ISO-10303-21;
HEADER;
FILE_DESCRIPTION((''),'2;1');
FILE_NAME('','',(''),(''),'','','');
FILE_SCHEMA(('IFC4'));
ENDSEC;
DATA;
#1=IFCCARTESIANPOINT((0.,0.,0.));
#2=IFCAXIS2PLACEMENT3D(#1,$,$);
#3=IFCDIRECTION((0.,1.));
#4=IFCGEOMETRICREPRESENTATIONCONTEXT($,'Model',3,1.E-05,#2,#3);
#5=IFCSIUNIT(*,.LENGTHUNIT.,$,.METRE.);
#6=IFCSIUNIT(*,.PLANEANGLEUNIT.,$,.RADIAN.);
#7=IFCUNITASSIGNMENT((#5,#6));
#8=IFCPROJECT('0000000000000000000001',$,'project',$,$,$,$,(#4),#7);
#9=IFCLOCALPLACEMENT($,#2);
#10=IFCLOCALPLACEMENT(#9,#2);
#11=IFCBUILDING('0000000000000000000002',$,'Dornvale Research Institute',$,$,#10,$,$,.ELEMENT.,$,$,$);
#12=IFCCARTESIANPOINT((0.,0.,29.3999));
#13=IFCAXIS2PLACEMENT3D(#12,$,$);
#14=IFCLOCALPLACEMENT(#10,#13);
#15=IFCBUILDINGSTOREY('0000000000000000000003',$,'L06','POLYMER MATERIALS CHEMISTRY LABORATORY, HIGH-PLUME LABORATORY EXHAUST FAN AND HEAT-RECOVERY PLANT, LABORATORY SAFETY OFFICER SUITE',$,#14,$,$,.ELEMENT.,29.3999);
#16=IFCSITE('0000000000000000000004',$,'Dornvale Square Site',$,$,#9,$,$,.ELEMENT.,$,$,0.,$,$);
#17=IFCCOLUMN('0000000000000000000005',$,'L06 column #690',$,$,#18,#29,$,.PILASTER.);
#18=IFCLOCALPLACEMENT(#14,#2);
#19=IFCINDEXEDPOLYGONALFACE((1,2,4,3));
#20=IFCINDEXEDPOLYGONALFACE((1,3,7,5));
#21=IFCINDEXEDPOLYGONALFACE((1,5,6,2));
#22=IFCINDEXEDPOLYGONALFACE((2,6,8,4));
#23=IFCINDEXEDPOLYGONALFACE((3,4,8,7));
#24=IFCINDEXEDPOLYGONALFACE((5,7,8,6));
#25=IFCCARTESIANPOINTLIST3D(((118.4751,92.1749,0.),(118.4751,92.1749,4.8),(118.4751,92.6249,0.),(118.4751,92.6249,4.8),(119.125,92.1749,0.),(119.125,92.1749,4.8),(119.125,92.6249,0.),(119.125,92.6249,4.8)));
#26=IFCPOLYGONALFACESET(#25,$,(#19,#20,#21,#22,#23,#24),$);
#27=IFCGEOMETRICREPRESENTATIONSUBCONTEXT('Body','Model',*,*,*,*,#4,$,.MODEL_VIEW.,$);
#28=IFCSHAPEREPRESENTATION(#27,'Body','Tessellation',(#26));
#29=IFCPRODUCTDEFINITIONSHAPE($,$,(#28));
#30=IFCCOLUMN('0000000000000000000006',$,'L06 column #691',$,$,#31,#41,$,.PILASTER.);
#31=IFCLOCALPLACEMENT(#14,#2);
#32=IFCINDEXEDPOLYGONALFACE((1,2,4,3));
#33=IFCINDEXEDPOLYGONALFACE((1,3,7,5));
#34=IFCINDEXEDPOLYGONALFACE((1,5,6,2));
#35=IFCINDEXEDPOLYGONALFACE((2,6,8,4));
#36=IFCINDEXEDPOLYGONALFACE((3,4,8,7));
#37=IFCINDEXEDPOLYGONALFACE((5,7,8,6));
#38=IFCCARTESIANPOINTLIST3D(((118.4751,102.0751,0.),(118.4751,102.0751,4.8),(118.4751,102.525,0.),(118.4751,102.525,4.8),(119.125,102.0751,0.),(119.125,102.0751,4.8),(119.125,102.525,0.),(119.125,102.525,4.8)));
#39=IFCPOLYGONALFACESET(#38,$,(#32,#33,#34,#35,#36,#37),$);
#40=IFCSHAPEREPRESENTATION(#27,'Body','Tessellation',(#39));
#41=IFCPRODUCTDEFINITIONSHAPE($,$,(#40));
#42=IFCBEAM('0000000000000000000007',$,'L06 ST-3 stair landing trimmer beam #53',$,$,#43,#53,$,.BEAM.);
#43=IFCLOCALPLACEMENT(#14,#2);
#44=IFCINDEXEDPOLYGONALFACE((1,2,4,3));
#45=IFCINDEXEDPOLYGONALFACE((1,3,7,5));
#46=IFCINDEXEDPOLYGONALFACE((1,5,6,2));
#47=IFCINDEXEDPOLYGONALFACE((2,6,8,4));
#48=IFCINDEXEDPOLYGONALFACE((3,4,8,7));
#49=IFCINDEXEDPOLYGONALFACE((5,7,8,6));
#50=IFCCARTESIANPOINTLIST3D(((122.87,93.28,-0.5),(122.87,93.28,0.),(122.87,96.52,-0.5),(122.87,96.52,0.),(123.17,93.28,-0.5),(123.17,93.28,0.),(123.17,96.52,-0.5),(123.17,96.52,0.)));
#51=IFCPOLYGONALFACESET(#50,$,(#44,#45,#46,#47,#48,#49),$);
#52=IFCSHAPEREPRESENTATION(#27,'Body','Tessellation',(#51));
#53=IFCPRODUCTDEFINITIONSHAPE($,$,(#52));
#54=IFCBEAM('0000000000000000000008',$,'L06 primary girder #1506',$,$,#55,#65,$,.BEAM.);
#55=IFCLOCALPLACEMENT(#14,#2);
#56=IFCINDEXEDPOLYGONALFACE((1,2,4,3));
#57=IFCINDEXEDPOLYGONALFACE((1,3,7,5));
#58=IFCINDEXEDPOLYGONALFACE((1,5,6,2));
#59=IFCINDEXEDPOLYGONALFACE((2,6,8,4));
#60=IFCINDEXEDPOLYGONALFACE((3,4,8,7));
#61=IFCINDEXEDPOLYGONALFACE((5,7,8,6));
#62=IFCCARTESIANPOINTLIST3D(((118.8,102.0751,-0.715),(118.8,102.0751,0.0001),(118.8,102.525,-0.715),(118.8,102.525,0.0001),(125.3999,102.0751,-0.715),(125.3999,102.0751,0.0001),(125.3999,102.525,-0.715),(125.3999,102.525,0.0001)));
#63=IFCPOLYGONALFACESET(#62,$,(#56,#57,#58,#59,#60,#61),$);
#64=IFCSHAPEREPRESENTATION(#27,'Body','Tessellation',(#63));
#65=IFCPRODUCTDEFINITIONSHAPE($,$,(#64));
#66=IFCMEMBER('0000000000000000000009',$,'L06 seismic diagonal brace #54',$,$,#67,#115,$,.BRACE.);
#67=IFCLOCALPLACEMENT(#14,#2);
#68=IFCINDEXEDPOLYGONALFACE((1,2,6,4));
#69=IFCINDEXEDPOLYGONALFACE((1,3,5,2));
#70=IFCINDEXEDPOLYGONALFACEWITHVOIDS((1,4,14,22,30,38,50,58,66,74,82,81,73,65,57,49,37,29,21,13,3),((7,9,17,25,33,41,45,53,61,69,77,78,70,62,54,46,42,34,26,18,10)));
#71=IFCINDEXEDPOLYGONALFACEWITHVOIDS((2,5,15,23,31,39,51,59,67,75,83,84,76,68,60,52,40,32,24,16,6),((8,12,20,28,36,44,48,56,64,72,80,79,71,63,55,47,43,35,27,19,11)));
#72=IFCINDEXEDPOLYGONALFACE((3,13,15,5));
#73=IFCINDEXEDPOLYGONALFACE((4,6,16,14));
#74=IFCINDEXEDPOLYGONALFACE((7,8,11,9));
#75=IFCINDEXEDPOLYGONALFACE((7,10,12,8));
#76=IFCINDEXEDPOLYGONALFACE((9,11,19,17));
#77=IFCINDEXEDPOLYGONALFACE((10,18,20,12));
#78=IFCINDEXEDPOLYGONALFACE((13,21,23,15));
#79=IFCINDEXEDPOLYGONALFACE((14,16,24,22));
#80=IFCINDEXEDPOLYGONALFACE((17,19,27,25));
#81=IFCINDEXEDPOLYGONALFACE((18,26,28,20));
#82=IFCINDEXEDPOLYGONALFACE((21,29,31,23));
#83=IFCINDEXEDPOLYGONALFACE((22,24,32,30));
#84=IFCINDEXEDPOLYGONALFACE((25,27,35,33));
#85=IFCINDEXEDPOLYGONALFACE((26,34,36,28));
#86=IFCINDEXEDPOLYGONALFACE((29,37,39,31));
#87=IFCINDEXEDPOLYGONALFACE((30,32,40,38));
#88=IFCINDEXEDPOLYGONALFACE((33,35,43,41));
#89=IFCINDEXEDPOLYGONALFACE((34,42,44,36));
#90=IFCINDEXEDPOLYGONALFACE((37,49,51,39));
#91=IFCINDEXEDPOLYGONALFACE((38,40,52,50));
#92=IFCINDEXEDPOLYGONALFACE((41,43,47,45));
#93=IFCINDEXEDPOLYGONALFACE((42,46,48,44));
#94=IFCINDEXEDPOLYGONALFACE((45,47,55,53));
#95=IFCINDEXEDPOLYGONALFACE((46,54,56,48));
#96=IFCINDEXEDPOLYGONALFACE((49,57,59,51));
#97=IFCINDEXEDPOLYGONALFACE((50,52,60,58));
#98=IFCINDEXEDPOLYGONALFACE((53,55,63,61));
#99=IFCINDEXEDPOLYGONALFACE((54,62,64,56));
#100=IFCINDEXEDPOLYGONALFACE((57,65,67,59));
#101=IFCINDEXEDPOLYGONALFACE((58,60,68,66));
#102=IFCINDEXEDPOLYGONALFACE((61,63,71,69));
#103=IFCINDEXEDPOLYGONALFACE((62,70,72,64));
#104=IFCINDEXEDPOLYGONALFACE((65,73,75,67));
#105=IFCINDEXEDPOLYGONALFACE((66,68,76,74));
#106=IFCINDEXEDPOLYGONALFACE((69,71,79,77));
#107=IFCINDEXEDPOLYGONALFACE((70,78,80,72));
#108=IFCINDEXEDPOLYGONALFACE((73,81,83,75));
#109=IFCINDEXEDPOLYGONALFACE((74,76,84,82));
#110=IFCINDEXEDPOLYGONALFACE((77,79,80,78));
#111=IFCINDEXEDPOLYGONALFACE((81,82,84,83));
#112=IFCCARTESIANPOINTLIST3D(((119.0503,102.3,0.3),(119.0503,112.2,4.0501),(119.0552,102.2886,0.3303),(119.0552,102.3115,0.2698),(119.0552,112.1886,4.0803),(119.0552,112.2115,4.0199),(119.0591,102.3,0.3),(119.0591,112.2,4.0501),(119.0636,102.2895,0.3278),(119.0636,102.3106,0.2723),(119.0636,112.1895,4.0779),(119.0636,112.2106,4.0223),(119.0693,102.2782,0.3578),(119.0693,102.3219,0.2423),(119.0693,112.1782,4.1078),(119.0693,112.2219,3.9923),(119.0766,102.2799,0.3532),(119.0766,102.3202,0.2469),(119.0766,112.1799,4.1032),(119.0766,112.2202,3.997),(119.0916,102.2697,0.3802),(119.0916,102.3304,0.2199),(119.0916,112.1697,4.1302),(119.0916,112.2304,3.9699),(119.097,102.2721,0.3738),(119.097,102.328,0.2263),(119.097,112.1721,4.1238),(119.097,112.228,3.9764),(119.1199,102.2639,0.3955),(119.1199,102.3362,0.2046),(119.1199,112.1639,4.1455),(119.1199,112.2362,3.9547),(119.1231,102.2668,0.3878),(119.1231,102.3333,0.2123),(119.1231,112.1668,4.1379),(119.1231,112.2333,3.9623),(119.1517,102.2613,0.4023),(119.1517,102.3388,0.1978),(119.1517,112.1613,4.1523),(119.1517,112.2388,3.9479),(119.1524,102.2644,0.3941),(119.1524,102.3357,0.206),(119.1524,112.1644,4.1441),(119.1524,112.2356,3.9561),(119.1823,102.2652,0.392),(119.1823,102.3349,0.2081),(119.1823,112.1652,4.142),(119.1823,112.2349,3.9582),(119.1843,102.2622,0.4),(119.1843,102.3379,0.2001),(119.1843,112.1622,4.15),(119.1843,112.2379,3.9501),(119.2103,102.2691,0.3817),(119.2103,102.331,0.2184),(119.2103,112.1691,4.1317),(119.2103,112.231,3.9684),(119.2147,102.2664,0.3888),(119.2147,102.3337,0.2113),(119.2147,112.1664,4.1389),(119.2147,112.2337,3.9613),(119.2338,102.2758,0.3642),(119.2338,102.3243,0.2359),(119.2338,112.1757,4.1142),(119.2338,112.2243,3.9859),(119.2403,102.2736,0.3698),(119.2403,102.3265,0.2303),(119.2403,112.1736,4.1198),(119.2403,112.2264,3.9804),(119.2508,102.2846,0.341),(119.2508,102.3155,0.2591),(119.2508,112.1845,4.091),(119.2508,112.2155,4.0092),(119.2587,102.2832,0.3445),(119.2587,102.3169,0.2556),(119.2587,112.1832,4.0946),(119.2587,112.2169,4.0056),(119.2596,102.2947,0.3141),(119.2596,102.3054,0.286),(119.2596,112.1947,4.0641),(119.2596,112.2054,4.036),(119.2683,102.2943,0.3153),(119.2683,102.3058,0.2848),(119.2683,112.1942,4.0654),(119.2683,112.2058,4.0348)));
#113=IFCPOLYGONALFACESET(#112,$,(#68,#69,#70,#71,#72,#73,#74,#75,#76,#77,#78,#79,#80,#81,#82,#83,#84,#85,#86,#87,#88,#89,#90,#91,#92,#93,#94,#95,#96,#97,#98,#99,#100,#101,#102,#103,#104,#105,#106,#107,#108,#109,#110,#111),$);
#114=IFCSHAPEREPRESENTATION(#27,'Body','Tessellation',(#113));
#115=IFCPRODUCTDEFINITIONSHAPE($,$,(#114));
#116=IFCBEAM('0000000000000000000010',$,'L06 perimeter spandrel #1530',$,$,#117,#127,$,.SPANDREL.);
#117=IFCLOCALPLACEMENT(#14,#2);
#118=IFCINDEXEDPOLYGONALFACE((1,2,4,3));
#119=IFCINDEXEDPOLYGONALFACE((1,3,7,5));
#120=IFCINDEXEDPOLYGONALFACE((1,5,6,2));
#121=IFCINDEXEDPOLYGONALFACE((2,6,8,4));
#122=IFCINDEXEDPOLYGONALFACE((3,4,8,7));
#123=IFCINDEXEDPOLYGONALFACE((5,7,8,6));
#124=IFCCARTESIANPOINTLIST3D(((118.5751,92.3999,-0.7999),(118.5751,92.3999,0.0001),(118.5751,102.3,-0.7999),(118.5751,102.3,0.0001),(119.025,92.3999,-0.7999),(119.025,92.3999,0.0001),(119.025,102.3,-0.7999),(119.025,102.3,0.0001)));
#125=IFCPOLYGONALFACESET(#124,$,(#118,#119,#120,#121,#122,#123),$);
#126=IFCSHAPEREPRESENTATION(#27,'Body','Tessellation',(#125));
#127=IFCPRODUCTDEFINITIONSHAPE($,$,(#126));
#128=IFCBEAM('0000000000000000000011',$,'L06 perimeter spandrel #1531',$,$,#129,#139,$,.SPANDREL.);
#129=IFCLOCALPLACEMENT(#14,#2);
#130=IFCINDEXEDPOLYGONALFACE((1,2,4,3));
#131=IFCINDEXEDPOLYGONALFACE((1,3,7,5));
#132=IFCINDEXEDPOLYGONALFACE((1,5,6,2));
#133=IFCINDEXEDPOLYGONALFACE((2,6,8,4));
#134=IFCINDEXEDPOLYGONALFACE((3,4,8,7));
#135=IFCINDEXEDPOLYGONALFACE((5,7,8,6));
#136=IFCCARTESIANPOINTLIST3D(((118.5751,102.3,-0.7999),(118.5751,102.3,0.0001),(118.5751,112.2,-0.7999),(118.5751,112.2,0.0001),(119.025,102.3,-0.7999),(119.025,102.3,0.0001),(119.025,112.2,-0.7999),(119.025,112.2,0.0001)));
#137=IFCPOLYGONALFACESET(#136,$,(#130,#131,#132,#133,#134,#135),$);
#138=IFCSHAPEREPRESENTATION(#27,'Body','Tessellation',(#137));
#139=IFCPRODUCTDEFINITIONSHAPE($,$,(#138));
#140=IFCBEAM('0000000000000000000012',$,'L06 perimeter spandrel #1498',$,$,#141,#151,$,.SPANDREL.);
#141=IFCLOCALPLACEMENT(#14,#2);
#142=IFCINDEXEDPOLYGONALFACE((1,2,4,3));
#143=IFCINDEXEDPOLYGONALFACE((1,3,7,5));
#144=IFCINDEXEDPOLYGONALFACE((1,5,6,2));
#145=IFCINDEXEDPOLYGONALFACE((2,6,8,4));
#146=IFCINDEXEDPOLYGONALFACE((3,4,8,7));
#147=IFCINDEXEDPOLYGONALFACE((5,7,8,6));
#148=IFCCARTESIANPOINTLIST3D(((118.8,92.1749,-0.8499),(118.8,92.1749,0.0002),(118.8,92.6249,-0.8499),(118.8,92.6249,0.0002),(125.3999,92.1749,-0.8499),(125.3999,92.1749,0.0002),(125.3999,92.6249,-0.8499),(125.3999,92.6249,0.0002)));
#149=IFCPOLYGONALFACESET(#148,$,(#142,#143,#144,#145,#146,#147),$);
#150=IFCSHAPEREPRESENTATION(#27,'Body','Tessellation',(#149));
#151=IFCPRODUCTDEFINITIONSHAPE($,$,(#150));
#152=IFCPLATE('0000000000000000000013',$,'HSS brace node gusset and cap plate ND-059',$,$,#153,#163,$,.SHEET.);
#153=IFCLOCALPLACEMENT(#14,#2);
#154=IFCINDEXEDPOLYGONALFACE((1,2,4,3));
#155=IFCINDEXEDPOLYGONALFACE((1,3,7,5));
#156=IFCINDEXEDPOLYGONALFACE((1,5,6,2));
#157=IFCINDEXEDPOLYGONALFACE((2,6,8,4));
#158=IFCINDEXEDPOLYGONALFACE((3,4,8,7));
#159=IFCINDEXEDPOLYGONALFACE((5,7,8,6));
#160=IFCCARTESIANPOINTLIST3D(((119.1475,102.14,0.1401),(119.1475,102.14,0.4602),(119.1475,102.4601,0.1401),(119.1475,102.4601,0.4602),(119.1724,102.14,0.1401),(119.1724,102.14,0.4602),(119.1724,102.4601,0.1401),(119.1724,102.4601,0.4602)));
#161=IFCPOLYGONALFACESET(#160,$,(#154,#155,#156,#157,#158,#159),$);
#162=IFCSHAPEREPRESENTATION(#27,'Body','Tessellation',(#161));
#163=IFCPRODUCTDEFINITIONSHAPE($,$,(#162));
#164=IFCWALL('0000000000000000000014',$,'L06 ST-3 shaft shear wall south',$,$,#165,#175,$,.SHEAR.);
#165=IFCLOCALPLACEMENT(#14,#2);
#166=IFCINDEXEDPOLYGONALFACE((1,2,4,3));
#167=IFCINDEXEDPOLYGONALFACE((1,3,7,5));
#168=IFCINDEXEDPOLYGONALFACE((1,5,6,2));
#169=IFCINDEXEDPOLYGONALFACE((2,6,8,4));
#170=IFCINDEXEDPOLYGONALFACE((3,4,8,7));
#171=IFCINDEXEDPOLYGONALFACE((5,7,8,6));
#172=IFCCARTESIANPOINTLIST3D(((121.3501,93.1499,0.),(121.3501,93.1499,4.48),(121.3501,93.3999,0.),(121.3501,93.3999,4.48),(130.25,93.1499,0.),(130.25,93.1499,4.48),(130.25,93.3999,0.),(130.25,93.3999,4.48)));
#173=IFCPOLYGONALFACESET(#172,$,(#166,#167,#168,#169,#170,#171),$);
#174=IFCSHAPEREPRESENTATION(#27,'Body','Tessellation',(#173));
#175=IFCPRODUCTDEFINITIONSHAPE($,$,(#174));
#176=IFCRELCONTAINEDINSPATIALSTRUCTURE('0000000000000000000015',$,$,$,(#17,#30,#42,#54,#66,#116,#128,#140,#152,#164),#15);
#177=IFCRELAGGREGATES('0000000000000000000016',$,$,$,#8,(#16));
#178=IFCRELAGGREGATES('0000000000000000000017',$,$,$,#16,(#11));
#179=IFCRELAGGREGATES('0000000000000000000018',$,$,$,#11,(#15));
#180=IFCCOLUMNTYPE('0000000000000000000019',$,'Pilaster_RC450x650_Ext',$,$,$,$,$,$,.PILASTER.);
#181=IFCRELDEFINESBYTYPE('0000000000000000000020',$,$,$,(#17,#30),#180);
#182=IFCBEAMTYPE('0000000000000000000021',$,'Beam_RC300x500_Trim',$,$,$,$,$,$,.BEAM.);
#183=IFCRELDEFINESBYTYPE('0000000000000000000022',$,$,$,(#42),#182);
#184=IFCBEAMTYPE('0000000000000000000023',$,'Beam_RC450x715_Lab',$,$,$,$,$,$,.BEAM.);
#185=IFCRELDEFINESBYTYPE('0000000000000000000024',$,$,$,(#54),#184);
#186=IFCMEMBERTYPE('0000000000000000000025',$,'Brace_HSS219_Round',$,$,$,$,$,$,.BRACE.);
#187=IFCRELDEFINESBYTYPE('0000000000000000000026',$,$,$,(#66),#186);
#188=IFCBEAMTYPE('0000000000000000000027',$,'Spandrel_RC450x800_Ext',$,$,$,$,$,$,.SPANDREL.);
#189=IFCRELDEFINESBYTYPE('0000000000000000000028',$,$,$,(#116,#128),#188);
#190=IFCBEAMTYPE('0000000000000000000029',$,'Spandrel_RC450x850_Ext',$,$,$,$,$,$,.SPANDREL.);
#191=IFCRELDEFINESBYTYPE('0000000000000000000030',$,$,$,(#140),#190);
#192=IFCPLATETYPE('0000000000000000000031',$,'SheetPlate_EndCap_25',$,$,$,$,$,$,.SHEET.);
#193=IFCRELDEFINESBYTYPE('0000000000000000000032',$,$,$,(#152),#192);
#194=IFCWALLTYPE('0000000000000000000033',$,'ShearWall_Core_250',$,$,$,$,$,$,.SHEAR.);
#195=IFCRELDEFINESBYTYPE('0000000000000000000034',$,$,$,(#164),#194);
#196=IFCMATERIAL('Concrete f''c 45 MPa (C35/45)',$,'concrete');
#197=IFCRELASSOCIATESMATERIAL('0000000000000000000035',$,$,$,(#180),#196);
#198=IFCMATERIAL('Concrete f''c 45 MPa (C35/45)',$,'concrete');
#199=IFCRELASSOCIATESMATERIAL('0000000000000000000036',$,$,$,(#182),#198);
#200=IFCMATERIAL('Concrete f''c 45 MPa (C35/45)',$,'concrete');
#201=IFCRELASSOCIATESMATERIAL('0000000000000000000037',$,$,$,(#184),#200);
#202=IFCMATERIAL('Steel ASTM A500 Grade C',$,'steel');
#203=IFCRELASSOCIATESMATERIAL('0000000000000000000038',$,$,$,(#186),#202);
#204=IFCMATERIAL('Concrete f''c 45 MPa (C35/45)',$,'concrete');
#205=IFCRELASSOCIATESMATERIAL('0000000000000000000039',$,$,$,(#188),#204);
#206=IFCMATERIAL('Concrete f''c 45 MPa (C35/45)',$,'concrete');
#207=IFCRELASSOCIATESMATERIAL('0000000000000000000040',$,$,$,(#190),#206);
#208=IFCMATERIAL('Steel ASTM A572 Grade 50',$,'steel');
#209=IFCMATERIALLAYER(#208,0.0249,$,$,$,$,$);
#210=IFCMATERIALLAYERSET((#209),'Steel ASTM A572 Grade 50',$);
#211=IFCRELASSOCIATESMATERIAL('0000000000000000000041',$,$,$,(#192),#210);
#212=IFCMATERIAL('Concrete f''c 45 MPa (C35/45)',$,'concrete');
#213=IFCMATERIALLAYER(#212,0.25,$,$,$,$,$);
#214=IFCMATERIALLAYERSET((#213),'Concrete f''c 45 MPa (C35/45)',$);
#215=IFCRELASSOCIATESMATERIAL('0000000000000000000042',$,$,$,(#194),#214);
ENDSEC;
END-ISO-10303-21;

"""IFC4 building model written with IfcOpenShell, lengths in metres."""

from ifc_helpers import new_model, si_unit, direction, frame, frame_2d, origin, origin_2d, place, context, subcontext, project, spatial, rectangle, hollow_circle, extrude, material, layer, layer_set, material_profile, profile_set, type_object, element, save


model = new_model("IFC4")

# Units and contexts
model_context = context("Model", 3, precision=1e-05, world=origin(), true_north=direction((0.0, 1.0)))
body_context = subcontext(model_context, "Body", "Model", "MODEL_VIEW")
ifc_project = project(units=[si_unit("LENGTHUNIT", "METRE"), si_unit("PLANEANGLEUNIT", "RADIAN")], contexts=[model_context])

# Site, building, storey
site_placement = place(None, origin())
site = spatial("IfcSite", under=ifc_project, at=site_placement, Name="Dornvale Square Site", CompositionType="ELEMENT", RefElevation=0.0)
building_placement = place(site_placement, origin())
building = spatial("IfcBuilding", under=site, at=building_placement, Name="Dornvale Research Institute", CompositionType="ELEMENT")
storey_placement = place(building_placement, frame((0.0, 0.0, 29.3999)))
storey = spatial("IfcBuildingStorey", under=building, at=storey_placement, Name="L06", Description="POLYMER MATERIALS CHEMISTRY LABORATORY, HIGH-PLUME LABORATORY EXHAUST FAN AND HEAT-RECOVERY PLANT, LABORATORY SAFETY OFFICER SUITE", CompositionType="ELEMENT", Elevation=29.3999)

# Columns
ifc_material_1 = material(Name="Concrete f'c 45 MPa (C35/45)", Category="concrete")
ifc_material_profile_1 = material_profile(ifc_material_1, rectangle(XDim=0.45, YDim=0.6499, at=origin_2d()), Name="RC 450x650")
ifc_profile_set_1 = profile_set([ifc_material_profile_1], Name="Concrete f'c 45 MPa (C35/45)")
column_type = type_object("IfcColumnType", Name="Pilaster_RC450x650_Ext", PredefinedType="PILASTER", material=ifc_profile_set_1)
for number, where, z_axis, x_axis, name in (
    (1, (118.8, 92.3999, 0.0), (0.0, 0.0, 1.0), (0.0, 1.0, 0.0), "L06 column #690"),
    (2, (118.8, 102.3, 0.0), (0.0, 0.0, 1.0), (0.0, 1.0, 0.0), "L06 column #691"),
):
    element("IfcColumn", number, at=place(storey_placement, frame(where, z_axis=z_axis, x_axis=x_axis)), inside=storey, type_object=column_type, Name=name, PredefinedType="PILASTER", context=body_context, shape_type="SweptSolid", body=[
        extrude(rectangle(XDim=0.45, YDim=0.6499, at=origin_2d()), origin(), (0.0, 0.0, 1.0), 4.8),
    ])

# Beams
ifc_material_2 = material(Name="Concrete f'c 45 MPa (C35/45)", Category="concrete")
ifc_material_profile_2 = material_profile(ifc_material_2, rectangle(XDim=0.3, YDim=0.5, at=origin_2d()), Name="RC 300x500")
ifc_profile_set_2 = profile_set([ifc_material_profile_2], Name="Concrete f'c 45 MPa (C35/45)")
beam_type_1 = type_object("IfcBeamType", Name="Beam_RC300x500_Trim", PredefinedType="BEAM", material=ifc_profile_set_2)
beam_1_placement = place(storey_placement, frame((123.02, 93.28, -0.25), z_axis=(0.0, 1.0, 0.0), x_axis=(-1.0, 0.0, 0.0)))
element("IfcBeam", 3, at=beam_1_placement, inside=storey, type_object=beam_type_1, Name="L06 ST-3 stair landing trimmer beam #53", PredefinedType="BEAM", context=body_context, shape_type="SweptSolid", body=[
    extrude(rectangle(XDim=0.3, YDim=0.5, at=origin_2d()), origin(), (0.0, 0.0, 1.0), 3.24),
])
ifc_material_3 = material(Name="Concrete f'c 45 MPa (C35/45)", Category="concrete")
ifc_material_profile_3 = material_profile(ifc_material_3, rectangle(XDim=0.45, YDim=0.7151, at=origin_2d()), Name="RC 450x715")
ifc_profile_set_3 = profile_set([ifc_material_profile_3], Name="Concrete f'c 45 MPa (C35/45)")
beam_type_2 = type_object("IfcBeamType", Name="Beam_RC450x715_Lab", PredefinedType="BEAM", material=ifc_profile_set_3)
beam_2_placement = place(storey_placement, frame((118.8, 102.3, -0.3574), z_axis=(1.0, 0.0, 0.0), x_axis=(0.0, 1.0, 0.0)))
element("IfcBeam", 4, at=beam_2_placement, inside=storey, type_object=beam_type_2, Name="L06 primary girder #1506", PredefinedType="BEAM", context=body_context, shape_type="SweptSolid", body=[
    extrude(rectangle(XDim=0.45, YDim=0.7151, at=origin_2d()), origin(), (0.0, 0.0, 1.0), 6.5999),
])

# Member
ifc_material_4 = material(Name="Steel ASTM A500 Grade C", Category="steel")
ifc_material_profile_4 = material_profile(ifc_material_4, hollow_circle(Radius=0.1096, WallThickness=0.0088, at=origin_2d()), Name="HSS219X9.5")
ifc_profile_set_4 = profile_set([ifc_material_profile_4], Name="Steel ASTM A500 Grade C")
member_type = type_object("IfcMemberType", Name="Brace_HSS219_Round", PredefinedType="BRACE", material=ifc_profile_set_4)
member_placement = place(storey_placement, frame((119.1599, 102.3, 0.3), z_axis=(0.0, 0.935158, 0.35423), x_axis=(-1.0, 0.0, 0.0)))
element("IfcMember", 5, at=member_placement, inside=storey, type_object=member_type, Name="L06 seismic diagonal brace #54", PredefinedType="BRACE", context=body_context, shape_type="SweptSolid", body=[
    extrude(hollow_circle(Radius=0.1096, WallThickness=0.0088, at=origin_2d()), origin(), (0.0, 0.0, 1.0), 10.5864),
])

# Beams
ifc_material_5 = material(Name="Concrete f'c 45 MPa (C35/45)", Category="concrete")
ifc_material_profile_5 = material_profile(ifc_material_5, rectangle(XDim=0.45, YDim=0.8, at=origin_2d()), Name="RC 450x800")
ifc_profile_set_5 = profile_set([ifc_material_profile_5], Name="Concrete f'c 45 MPa (C35/45)")
beam_type_3 = type_object("IfcBeamType", Name="Spandrel_RC450x800_Ext", PredefinedType="SPANDREL", material=ifc_profile_set_5)
beam_3_placement = place(storey_placement, frame((118.8, 92.3999, -0.3999), z_axis=(0.0, 1.0, 0.0), x_axis=(-1.0, 0.0, 0.0)))
element("IfcBeam", 6, at=beam_3_placement, inside=storey, type_object=beam_type_3, Name="L06 perimeter spandrel #1530", PredefinedType="SPANDREL", context=body_context, shape_type="SweptSolid", body=[
    extrude(rectangle(XDim=0.45, YDim=0.8, at=origin_2d()), origin(), (0.0, 0.0, 1.0), 9.9001),
])
beam_4_placement = place(storey_placement, frame((118.8, 102.3, -0.3999), z_axis=(0.0, 1.0, 0.0), x_axis=(-1.0, 0.0, 0.0)))
element("IfcBeam", 7, at=beam_4_placement, inside=storey, type_object=beam_type_3, Name="L06 perimeter spandrel #1531", PredefinedType="SPANDREL", context=body_context, shape_type="SweptSolid", body=[
    extrude(rectangle(XDim=0.45, YDim=0.8, at=origin_2d()), origin(), (0.0, 0.0, 1.0), 9.8999),
])
ifc_material_6 = material(Name="Concrete f'c 45 MPa (C35/45)", Category="concrete")
ifc_material_profile_6 = material_profile(ifc_material_6, rectangle(XDim=0.45, YDim=0.8501, at=origin_2d()), Name="RC 450x850")
ifc_profile_set_6 = profile_set([ifc_material_profile_6], Name="Concrete f'c 45 MPa (C35/45)")
beam_type_4 = type_object("IfcBeamType", Name="Spandrel_RC450x850_Ext", PredefinedType="SPANDREL", material=ifc_profile_set_6)
beam_5_placement = place(storey_placement, frame((118.8, 92.3999, -0.4248), z_axis=(1.0, 0.0, 0.0), x_axis=(0.0, 1.0, 0.0)))
element("IfcBeam", 8, at=beam_5_placement, inside=storey, type_object=beam_type_4, Name="L06 perimeter spandrel #1498", PredefinedType="SPANDREL", context=body_context, shape_type="SweptSolid", body=[
    extrude(rectangle(XDim=0.45, YDim=0.8501, at=origin_2d()), origin(), (0.0, 0.0, 1.0), 6.5999),
])

# Plate
ifc_material_7 = material(Name="Steel ASTM A572 Grade 50", Category="steel")
ifc_layer_1 = layer(ifc_material_7, 0.0249)
ifc_layer_set_1 = layer_set([ifc_layer_1], Name="Steel ASTM A572 Grade 50")
plate_type = type_object("IfcPlateType", Name="SheetPlate_EndCap_25", PredefinedType="SHEET", material=ifc_layer_set_1)
plate_placement = place(storey_placement, frame((119.1599, 102.3, 0.1401), z_axis=(0.0, 0.0, 1.0), x_axis=(0.0, 1.0, 0.0)))
element("IfcPlate", 9, at=plate_placement, inside=storey, type_object=plate_type, Name="HSS brace node gusset and cap plate ND-059", PredefinedType="SHEET", context=body_context, shape_type="SweptSolid", body=[
    extrude(rectangle(XDim=0.3201, YDim=0.0249, at=origin_2d()), origin(), (0.0, 0.0, 1.0), 0.3201),
])

# Wall
ifc_material_8 = material(Name="Concrete f'c 45 MPa (C35/45)", Category="concrete")
ifc_layer_2 = layer(ifc_material_8, 0.25)
ifc_layer_set_2 = layer_set([ifc_layer_2], Name="Concrete f'c 45 MPa (C35/45)")
wall_type_1 = type_object("IfcWallType", Name="ShearWall_Core_250", PredefinedType="SHEAR", material=ifc_layer_set_2)
for number, where, z_axis, x_axis, name in (
    (10, (121.3501, 93.2749, 0.0), (0.0, 0.0, 1.0), (1.0, 0.0, 0.0), "L06 ST-3 shaft shear wall south"),
):
    element("IfcWall", number, at=place(storey_placement, frame(where, z_axis=z_axis, x_axis=x_axis)), inside=storey, type_object=wall_type_1, Name=name, PredefinedType="SHEAR", context=body_context, shape_type="SweptSolid", body=[
        extrude(rectangle(XDim=8.8999, YDim=0.25, at=frame_2d((4.45, 0.0))), origin(), (0.0, 0.0, 1.0), 4.48),
    ])

save(model, "model.ifc")
